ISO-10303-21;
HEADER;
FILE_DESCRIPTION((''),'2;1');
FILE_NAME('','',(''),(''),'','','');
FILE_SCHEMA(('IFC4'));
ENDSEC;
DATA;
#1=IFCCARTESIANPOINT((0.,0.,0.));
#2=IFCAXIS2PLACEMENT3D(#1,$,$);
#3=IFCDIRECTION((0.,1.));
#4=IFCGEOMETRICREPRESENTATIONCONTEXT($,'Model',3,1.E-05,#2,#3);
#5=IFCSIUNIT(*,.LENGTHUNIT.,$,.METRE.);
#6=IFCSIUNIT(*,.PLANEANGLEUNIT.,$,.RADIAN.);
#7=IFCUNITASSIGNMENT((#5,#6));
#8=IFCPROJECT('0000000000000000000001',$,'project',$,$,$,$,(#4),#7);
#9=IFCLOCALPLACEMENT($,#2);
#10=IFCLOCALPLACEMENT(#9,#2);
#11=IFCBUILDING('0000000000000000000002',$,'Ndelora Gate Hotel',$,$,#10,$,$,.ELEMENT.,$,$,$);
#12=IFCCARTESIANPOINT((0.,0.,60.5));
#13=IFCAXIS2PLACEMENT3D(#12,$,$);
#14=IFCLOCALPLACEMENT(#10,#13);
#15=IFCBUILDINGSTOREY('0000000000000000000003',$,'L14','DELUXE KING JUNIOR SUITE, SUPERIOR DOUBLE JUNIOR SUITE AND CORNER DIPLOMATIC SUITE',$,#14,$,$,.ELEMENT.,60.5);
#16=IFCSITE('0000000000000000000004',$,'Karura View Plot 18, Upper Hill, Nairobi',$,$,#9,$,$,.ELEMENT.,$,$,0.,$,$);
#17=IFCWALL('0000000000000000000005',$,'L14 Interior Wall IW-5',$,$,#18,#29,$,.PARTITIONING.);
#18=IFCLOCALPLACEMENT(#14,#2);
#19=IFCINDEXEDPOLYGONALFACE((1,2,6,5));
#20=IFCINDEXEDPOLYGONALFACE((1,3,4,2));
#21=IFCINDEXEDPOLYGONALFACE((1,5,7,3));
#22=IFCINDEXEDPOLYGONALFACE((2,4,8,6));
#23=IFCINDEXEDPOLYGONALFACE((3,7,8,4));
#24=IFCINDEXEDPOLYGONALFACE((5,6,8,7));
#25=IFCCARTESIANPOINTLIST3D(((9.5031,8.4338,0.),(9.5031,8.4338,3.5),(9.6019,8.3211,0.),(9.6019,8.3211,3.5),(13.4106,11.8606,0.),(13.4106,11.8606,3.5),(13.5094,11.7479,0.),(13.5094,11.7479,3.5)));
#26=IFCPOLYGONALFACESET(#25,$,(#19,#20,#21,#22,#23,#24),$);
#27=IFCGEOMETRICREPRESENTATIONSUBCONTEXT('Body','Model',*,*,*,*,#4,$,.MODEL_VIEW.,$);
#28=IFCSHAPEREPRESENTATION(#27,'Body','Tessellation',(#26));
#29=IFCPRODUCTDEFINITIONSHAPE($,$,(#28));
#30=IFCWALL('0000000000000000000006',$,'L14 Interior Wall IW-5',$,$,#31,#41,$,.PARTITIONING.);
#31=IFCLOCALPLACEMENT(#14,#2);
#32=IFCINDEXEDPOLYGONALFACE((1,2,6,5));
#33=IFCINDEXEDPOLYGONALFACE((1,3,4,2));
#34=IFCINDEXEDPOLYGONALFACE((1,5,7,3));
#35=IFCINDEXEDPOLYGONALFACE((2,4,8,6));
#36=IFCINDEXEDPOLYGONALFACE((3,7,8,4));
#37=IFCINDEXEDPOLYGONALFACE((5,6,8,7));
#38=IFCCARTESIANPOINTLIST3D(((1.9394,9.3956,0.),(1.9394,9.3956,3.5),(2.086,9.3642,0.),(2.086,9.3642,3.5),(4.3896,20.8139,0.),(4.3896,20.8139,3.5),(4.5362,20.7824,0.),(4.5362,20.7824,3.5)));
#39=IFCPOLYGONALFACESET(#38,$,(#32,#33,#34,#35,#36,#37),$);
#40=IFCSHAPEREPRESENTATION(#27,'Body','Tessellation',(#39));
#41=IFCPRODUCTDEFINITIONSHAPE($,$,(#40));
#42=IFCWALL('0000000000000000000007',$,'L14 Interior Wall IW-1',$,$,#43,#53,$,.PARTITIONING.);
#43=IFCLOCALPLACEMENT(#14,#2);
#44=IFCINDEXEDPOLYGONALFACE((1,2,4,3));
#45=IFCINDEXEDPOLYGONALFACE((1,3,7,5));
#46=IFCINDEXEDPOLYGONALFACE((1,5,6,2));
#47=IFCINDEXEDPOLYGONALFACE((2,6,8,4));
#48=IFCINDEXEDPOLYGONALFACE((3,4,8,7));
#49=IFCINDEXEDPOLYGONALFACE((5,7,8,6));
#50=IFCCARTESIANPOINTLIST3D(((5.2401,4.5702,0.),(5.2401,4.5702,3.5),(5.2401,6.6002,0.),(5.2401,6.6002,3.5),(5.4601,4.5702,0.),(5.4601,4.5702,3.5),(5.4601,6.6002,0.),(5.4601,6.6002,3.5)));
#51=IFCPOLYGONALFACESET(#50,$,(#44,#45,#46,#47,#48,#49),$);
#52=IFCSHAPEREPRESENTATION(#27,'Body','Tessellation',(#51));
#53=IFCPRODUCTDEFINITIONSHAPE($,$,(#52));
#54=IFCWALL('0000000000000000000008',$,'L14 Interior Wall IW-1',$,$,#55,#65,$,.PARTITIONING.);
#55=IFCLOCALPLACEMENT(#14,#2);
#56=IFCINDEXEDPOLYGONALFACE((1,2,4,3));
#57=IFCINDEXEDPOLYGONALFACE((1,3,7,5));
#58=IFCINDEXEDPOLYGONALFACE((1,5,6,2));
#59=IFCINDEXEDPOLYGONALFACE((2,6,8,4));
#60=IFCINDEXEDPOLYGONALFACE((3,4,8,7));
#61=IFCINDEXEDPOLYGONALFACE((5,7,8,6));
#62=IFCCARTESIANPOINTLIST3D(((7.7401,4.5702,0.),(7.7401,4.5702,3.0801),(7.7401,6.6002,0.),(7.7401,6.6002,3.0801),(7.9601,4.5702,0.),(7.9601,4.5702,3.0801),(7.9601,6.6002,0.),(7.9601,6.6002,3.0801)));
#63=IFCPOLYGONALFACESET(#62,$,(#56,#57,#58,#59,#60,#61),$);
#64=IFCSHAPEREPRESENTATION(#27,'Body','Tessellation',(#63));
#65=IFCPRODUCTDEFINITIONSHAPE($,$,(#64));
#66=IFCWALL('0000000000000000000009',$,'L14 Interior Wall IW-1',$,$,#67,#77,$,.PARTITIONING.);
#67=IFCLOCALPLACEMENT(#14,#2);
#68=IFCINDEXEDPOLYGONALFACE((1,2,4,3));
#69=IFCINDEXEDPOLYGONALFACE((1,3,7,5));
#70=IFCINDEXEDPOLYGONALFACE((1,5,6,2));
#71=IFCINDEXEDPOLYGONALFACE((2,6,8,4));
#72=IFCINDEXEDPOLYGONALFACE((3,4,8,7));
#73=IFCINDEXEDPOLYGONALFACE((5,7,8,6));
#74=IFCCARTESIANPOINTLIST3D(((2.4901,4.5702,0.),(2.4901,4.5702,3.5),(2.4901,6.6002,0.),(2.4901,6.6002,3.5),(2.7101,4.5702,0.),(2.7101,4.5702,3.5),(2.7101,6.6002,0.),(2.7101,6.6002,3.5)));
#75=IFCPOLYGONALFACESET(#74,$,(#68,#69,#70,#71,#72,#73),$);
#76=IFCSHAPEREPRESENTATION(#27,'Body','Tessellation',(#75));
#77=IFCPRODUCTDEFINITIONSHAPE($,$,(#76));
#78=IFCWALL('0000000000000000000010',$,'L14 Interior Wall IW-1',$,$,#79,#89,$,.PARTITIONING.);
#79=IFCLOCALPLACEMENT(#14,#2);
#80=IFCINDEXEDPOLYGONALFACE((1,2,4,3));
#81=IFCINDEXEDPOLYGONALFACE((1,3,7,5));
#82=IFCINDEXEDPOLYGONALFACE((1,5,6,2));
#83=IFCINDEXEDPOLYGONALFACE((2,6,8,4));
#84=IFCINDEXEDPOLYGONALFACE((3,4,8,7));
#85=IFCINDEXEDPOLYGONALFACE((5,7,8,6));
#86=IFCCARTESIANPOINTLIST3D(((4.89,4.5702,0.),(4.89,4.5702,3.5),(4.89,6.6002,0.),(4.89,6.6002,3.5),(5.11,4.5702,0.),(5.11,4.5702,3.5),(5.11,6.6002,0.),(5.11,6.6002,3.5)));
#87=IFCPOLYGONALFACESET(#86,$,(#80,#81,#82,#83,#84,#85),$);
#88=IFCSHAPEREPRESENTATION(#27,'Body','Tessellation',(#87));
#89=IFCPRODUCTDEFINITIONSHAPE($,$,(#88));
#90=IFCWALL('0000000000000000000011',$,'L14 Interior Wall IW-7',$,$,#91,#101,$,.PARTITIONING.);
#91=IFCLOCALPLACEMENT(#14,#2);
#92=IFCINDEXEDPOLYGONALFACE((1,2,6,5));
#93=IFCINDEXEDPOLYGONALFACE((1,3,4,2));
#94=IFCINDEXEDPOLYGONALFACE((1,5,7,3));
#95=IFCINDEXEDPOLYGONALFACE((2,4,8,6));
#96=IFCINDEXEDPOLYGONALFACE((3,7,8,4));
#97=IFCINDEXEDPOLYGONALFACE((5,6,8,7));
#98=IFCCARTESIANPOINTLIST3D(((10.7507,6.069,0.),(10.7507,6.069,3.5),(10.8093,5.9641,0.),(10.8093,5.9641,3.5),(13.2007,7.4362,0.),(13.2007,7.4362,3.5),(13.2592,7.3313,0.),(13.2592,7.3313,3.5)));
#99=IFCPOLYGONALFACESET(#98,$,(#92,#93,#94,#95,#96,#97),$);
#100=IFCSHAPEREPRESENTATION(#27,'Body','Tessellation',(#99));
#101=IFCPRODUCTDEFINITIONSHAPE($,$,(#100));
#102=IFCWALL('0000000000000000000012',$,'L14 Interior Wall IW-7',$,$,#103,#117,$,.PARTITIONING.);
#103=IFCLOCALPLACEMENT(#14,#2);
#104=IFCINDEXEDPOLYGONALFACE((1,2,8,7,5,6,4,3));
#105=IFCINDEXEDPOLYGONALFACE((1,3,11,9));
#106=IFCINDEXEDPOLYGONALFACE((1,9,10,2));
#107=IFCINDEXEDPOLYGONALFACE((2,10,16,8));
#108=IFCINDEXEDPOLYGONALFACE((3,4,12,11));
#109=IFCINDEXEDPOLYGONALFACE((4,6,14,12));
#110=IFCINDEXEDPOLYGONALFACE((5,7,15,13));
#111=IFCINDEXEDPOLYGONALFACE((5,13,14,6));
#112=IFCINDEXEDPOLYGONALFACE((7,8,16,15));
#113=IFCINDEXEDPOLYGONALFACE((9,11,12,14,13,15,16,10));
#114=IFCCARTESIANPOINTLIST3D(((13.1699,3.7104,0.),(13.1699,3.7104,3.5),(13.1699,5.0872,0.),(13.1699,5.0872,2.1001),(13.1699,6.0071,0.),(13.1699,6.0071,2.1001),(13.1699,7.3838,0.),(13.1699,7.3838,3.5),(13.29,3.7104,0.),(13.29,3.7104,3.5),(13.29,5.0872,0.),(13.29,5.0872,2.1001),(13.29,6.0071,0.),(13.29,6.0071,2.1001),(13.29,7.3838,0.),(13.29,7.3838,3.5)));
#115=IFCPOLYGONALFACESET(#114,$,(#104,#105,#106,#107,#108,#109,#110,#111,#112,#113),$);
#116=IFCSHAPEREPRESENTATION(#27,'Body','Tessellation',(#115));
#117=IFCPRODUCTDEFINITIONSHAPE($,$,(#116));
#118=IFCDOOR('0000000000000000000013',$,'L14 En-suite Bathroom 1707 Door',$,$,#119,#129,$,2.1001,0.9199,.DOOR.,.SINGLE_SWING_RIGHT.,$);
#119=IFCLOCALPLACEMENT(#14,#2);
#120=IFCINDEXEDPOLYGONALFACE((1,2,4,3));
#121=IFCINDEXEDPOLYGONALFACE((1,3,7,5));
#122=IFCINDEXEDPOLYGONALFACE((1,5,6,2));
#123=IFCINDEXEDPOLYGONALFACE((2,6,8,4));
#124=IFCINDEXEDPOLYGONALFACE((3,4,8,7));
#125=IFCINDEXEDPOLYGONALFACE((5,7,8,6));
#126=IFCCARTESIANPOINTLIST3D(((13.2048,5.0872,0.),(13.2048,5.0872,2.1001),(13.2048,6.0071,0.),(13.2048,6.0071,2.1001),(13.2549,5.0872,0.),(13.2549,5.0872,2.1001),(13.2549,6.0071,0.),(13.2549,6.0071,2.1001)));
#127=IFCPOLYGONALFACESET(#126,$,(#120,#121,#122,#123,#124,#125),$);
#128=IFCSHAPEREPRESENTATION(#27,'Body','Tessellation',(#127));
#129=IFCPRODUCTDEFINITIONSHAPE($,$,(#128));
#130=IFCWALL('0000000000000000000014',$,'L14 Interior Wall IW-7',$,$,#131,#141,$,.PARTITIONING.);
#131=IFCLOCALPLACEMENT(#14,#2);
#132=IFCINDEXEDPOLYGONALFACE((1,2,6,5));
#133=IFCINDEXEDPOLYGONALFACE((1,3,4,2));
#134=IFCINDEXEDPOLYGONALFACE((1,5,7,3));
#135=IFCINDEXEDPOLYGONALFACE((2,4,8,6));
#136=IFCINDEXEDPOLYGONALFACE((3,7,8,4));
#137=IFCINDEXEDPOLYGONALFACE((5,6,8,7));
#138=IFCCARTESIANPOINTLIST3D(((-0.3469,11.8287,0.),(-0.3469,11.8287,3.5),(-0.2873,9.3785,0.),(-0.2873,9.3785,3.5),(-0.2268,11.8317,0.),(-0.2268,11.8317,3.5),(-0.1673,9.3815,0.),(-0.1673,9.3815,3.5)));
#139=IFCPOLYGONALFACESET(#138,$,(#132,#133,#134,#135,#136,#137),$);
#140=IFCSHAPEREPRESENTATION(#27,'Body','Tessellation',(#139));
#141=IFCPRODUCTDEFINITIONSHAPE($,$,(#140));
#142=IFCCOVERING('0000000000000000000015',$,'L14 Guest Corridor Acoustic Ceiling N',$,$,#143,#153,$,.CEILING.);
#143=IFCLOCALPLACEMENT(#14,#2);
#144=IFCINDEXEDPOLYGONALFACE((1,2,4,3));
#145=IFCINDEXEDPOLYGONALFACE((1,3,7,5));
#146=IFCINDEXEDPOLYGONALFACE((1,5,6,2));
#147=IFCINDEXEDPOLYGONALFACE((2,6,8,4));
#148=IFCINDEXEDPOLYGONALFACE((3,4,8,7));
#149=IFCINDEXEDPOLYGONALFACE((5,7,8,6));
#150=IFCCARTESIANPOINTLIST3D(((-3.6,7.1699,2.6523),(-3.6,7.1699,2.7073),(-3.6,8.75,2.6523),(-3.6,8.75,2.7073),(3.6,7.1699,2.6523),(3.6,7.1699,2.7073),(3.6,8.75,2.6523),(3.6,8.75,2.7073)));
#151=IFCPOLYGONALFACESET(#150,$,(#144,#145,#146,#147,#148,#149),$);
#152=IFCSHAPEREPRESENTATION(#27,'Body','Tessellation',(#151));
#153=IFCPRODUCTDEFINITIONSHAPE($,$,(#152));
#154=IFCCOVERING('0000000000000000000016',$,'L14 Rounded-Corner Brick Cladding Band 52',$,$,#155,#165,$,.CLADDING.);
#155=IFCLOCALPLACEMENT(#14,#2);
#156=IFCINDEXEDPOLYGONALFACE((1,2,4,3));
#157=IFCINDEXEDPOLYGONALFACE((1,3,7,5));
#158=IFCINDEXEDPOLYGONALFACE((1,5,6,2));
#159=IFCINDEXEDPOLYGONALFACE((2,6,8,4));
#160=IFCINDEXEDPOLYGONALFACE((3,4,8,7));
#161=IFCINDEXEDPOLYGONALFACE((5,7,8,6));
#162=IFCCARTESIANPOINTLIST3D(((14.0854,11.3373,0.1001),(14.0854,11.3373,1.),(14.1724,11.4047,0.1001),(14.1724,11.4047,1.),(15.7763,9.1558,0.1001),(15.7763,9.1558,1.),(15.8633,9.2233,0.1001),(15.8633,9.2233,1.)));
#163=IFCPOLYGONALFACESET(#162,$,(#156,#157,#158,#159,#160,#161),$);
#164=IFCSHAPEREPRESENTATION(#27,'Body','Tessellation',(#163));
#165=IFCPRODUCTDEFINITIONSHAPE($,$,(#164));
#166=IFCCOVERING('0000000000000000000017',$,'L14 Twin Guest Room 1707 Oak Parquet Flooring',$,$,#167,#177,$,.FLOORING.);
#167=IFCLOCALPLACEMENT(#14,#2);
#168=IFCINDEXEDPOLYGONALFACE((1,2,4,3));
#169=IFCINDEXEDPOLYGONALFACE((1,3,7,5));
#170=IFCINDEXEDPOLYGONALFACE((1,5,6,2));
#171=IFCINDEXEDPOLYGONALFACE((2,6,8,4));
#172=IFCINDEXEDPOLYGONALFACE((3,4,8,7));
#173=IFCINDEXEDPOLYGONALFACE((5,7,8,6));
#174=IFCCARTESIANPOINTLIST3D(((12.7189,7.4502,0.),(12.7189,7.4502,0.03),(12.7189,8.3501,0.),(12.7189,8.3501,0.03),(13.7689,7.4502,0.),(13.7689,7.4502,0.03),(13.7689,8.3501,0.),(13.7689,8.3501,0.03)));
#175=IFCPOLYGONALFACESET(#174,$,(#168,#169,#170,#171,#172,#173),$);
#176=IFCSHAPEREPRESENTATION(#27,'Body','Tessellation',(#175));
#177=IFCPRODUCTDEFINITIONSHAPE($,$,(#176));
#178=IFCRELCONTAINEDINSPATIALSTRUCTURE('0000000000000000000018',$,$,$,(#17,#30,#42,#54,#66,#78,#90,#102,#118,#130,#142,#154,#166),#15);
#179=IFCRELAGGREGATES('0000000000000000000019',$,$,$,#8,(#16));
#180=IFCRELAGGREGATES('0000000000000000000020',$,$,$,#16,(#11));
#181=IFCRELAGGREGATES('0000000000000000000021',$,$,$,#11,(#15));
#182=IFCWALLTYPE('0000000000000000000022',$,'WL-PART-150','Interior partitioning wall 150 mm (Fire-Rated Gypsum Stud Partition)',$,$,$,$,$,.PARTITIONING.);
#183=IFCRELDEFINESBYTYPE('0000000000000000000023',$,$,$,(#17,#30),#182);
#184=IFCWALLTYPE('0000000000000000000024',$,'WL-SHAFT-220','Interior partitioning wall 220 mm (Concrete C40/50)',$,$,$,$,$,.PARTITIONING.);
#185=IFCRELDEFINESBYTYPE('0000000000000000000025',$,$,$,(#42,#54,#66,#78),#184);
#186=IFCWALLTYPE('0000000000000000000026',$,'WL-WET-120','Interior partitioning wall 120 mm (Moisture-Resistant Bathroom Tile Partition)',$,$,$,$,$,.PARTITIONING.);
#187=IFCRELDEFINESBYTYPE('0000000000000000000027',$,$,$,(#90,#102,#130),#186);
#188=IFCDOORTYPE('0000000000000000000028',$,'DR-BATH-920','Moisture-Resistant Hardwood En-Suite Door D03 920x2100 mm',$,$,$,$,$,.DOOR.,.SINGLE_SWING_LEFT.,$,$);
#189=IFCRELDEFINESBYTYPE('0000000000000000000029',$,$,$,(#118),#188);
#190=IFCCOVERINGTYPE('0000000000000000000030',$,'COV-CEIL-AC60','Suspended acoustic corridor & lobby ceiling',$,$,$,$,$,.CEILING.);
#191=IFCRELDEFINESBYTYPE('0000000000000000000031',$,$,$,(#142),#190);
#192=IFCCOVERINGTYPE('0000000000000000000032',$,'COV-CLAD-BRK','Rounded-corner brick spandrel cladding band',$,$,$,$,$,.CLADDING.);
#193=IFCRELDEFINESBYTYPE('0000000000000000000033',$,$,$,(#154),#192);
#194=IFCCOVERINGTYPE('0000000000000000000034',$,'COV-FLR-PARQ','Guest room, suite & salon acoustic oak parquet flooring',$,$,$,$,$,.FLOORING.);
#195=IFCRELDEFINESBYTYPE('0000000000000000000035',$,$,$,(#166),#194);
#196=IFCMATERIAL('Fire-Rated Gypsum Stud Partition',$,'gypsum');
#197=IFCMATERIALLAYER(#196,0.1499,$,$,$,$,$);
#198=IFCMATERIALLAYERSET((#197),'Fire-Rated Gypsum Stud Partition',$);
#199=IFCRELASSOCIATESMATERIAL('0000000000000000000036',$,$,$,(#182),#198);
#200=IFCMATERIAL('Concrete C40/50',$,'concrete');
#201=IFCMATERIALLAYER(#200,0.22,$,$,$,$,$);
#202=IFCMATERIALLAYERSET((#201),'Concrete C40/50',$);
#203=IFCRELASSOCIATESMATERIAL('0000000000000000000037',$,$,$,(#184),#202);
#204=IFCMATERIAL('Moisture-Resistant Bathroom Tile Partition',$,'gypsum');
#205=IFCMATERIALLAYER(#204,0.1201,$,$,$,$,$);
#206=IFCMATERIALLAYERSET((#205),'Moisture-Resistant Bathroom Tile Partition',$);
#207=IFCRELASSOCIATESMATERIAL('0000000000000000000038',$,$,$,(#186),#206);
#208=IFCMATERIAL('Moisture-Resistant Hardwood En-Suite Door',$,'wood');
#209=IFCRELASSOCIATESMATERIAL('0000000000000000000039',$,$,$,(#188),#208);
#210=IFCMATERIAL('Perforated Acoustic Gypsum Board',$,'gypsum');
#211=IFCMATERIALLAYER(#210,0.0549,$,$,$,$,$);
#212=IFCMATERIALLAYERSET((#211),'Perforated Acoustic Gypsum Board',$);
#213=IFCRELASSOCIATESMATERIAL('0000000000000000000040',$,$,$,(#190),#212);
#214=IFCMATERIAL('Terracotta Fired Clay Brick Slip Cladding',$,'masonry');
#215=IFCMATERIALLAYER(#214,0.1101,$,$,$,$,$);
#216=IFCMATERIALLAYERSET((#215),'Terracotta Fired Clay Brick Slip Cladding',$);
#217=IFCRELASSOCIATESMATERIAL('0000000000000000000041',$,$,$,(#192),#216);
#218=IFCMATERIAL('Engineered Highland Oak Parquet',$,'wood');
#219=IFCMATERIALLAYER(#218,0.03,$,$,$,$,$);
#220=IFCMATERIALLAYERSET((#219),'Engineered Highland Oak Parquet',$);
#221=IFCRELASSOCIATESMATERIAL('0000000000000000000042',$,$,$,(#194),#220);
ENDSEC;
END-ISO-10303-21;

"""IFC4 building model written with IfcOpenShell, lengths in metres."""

from ifc_helpers import new_model, si_unit, direction, frame, frame_2d, origin, origin_2d, place, context, subcontext, project, spatial, rectangle, extrude, material, layer, layer_set, type_object, element, fill, save


model = new_model("IFC4")

# Units and contexts
model_context = context("Model", 3, precision=1e-05, world=origin(), true_north=direction((0.0, 1.0)))
body_context = subcontext(model_context, "Body", "Model", "MODEL_VIEW")
ifc_project = project(units=[si_unit("LENGTHUNIT", "METRE"), si_unit("PLANEANGLEUNIT", "RADIAN")], contexts=[model_context])

# Site, building, storey
site_placement = place(None, origin())
site = spatial("IfcSite", under=ifc_project, at=site_placement, Name="Karura View Plot 18, Upper Hill, Nairobi", CompositionType="ELEMENT", RefElevation=0.0)
building_placement = place(site_placement, origin())
building = spatial("IfcBuilding", under=site, at=building_placement, Name="Ndelora Gate Hotel", CompositionType="ELEMENT")
storey_placement = place(building_placement, frame((0.0, 0.0, 60.5)))
storey = spatial("IfcBuildingStorey", under=building, at=storey_placement, Name="L14", Description="DELUXE KING JUNIOR SUITE, SUPERIOR DOUBLE JUNIOR SUITE AND CORNER DIPLOMATIC SUITE", CompositionType="ELEMENT", Elevation=60.5)

# Shared definitions
ifc_material_1 = material(Name="Fire-Rated Gypsum Stud Partition", Category="gypsum")
ifc_layer_1 = layer(ifc_material_1, 0.1499)
ifc_layer_set_1 = layer_set([ifc_layer_1], Name="Fire-Rated Gypsum Stud Partition")
wall_type_1 = type_object("IfcWallType", Name="WL-PART-150", Description="Interior partitioning wall 150 mm (Fire-Rated Gypsum Stud Partition)", PredefinedType="PARTITIONING", material=ifc_layer_set_1)

# Walls
wall_1_placement = place(storey_placement, frame((9.5525, 8.3774, 0.0), z_axis=(0.0, 0.0, 1.0), x_axis=(0.75184, 0.659346, 0.0)))
element("IfcWall", 1, at=wall_1_placement, inside=storey, type_object=wall_type_1, Name="L14 Interior Wall IW-5", PredefinedType="PARTITIONING", context=body_context, shape_type="SweptSolid", body=[
    extrude(rectangle(XDim=5.1973, YDim=0.1499, at=frame_2d((2.5986, 0.0))), origin(), (0.0, 0.0, 1.0), 3.5),
])
wall_2_placement = place(storey_placement, frame((2.0127, 9.3799, 0.0), z_axis=(0.0, 0.0, 1.0), x_axis=(0.20981, 0.977742, 0.0)))
element("IfcWall", 2, at=wall_2_placement, inside=storey, type_object=wall_type_1, Name="L14 Interior Wall IW-5", PredefinedType="PARTITIONING", context=body_context, shape_type="SweptSolid", body=[
    extrude(rectangle(XDim=11.6782, YDim=0.1499, at=frame_2d((5.8391, 0.0))), origin(), (0.0, 0.0, 1.0), 3.5),
])
ifc_material_2 = material(Name="Concrete C40/50", Category="concrete")
ifc_layer_2 = layer(ifc_material_2, 0.22)
ifc_layer_set_2 = layer_set([ifc_layer_2], Name="Concrete C40/50")
wall_type_2 = type_object("IfcWallType", Name="WL-SHAFT-220", Description="Interior partitioning wall 220 mm (Concrete C40/50)", PredefinedType="PARTITIONING", material=ifc_layer_set_2)
wall_3_placement = place(storey_placement, frame((5.3501, 4.5701, 0.0), z_axis=(0.0, 0.0, 1.0), x_axis=(0.0, 1.0, 0.0)))
element("IfcWall", 3, at=wall_3_placement, inside=storey, type_object=wall_type_2, Name="L14 Interior Wall IW-1", PredefinedType="PARTITIONING", context=body_context, shape_type="SweptSolid", body=[
    extrude(rectangle(XDim=2.03, YDim=0.22, at=frame_2d((1.0151, 0.0))), origin(), (0.0, 0.0, 1.0), 3.5),
])
wall_4_placement = place(storey_placement, frame((7.8501, 4.5701, 0.0), z_axis=(0.0, 0.0, 1.0), x_axis=(0.0, 1.0, 0.0)))
element("IfcWall", 4, at=wall_4_placement, inside=storey, type_object=wall_type_2, Name="L14 Interior Wall IW-1", PredefinedType="PARTITIONING", context=body_context, shape_type="SweptSolid", body=[
    extrude(rectangle(XDim=2.03, YDim=0.22, at=frame_2d((1.0151, 0.0))), origin(), (0.0, 0.0, 1.0), 3.0801),
])
for number, where, z_axis, x_axis, name in (
    (5, (2.6001, 4.5701, 0.0), (0.0, 0.0, 1.0), (0.0, 1.0, 0.0), "L14 Interior Wall IW-1"),
    (6, (5.0, 4.5701, 0.0), (0.0, 0.0, 1.0), (0.0, 1.0, 0.0), "L14 Interior Wall IW-1"),
):
    element("IfcWall", number, at=place(storey_placement, frame(where, z_axis=z_axis, x_axis=x_axis)), inside=storey, type_object=wall_type_2, Name=name, PredefinedType="PARTITIONING", context=body_context, shape_type="SweptSolid", body=[
        extrude(rectangle(XDim=2.03, YDim=0.22, at=frame_2d((1.0151, 0.0))), origin(), (0.0, 0.0, 1.0), 3.5),
    ])
ifc_material_3 = material(Name="Moisture-Resistant Bathroom Tile Partition", Category="gypsum")
ifc_layer_3 = layer(ifc_material_3, 0.1201)
ifc_layer_set_3 = layer_set([ifc_layer_3], Name="Moisture-Resistant Bathroom Tile Partition")
wall_type_3 = type_object("IfcWallType", Name="WL-WET-120", Description="Interior partitioning wall 120 mm (Moisture-Resistant Bathroom Tile Partition)", PredefinedType="PARTITIONING", material=ifc_layer_set_3)
wall_5_placement = place(storey_placement, frame((13.23, 7.3838, 0.0), z_axis=(0.0, 0.0, 1.0), x_axis=(-0.873232, -0.487304, 0.0)))
element("IfcWall", 7, at=wall_5_placement, inside=storey, type_object=wall_type_3, Name="L14 Interior Wall IW-7", PredefinedType="PARTITIONING", context=body_context, shape_type="SweptSolid", body=[
    extrude(rectangle(XDim=2.8057, YDim=0.1201, at=frame_2d((1.4028, 0.0))), origin(), (0.0, 0.0, 1.0), 3.5),
])

# Wall, opening, door
wall_6_placement = place(storey_placement, frame((13.23, 7.3838, 0.0), z_axis=(0.0, 0.0, 1.0), x_axis=(0.0, -1.0, 0.0)))
wall_6 = element("IfcWall", 8, at=wall_6_placement, inside=storey, type_object=wall_type_3, Name="L14 Interior Wall IW-7", PredefinedType="PARTITIONING", context=body_context, shape_type="SweptSolid", body=[
    extrude(rectangle(XDim=3.6733, YDim=0.1201, at=frame_2d((1.8367, 0.0))), origin(), (0.0, 0.0, 1.0), 3.5),
])
opening_1_placement = place(wall_6_placement, frame((1.3767, 0.0, 0.0)))
opening_1 = element("IfcOpeningElement", 9, at=opening_1_placement, cuts=wall_6, PredefinedType="OPENING", context=body_context, shape_type="SweptSolid", body=[
    extrude(rectangle(XDim=0.9199, YDim=2.1001, at=frame_2d((0.46, 1.05))), frame((0.0, 0.0701, 0.0), z_axis=(0.0, -1.0, 0.0), x_axis=(1.0, 0.0, 0.0)), (0.0, 0.0, 1.0), 0.1401),
])
ifc_material_4 = material(Name="Moisture-Resistant Hardwood En-Suite Door", Category="wood")
door_type_1 = type_object("IfcDoorType", Name="DR-BATH-920", Description="Moisture-Resistant Hardwood En-Suite Door D03 920x2100 mm", OperationType="SINGLE_SWING_LEFT", PredefinedType="DOOR", material=ifc_material_4)
door_1_placement = place(opening_1_placement, origin())
door_1 = element("IfcDoor", 10, at=door_1_placement, inside=storey, type_object=door_type_1, Name="L14 En-suite Bathroom 1707 Door", OperationType="SINGLE_SWING_RIGHT", OverallHeight=2.1001, OverallWidth=0.9199, PredefinedType="DOOR", context=body_context, shape_type="SweptSolid", body=[
    extrude(rectangle(XDim=0.9199, YDim=2.1001, at=frame_2d((0.46, 1.05))), frame((0.0, 0.0249, 0.0), z_axis=(0.0, -1.0, 0.0), x_axis=(1.0, 0.0, 0.0)), (0.0, 0.0, 1.0), 0.05),
])
fill(opening_1, door_1)

# Wall
wall_7_placement = place(storey_placement, frame((-0.2273, 9.3799, 0.0), z_axis=(0.0, 0.0, 1.0), x_axis=(-0.024305, 0.999705, 0.0)))
element("IfcWall", 11, at=wall_7_placement, inside=storey, type_object=wall_type_3, Name="L14 Interior Wall IW-7", PredefinedType="PARTITIONING", context=body_context, shape_type="SweptSolid", body=[
    extrude(rectangle(XDim=2.4509, YDim=0.1201, at=frame_2d((1.2256, 0.0))), origin(), (0.0, 0.0, 1.0), 3.5),
])

# Coverings
ifc_material_5 = material(Name="Perforated Acoustic Gypsum Board", Category="gypsum")
ifc_layer_4 = layer(ifc_material_5, 0.0549)
ifc_layer_set_4 = layer_set([ifc_layer_4], Name="Perforated Acoustic Gypsum Board")
covering_type_1 = type_object("IfcCoveringType", Name="COV-CEIL-AC60", Description="Suspended acoustic corridor & lobby ceiling", PredefinedType="CEILING", material=ifc_layer_set_4)
covering_1_placement = place(storey_placement, frame((0.0, 7.96, 2.6523), z_axis=(0.0, 0.0, 1.0), x_axis=(1.0, 0.0, 0.0)))
element("IfcCovering", 12, at=covering_1_placement, inside=storey, type_object=covering_type_1, Name="L14 Guest Corridor Acoustic Ceiling N", PredefinedType="CEILING", context=body_context, shape_type="SweptSolid", body=[
    extrude(rectangle(XDim=7.2, YDim=1.5801, at=origin_2d()), origin(), (0.0, 0.0, 1.0), 0.0549),
])
ifc_material_6 = material(Name="Terracotta Fired Clay Brick Slip Cladding", Category="masonry")
ifc_layer_5 = layer(ifc_material_6, 0.1101)
ifc_layer_set_5 = layer_set([ifc_layer_5], Name="Terracotta Fired Clay Brick Slip Cladding")
covering_type_2 = type_object("IfcCoveringType", Name="COV-CLAD-BRK", Description="Rounded-corner brick spandrel cladding band", PredefinedType="CLADDING", material=ifc_layer_set_5)
covering_2_placement = place(storey_placement, frame((14.9744, 10.2803, 0.1001), z_axis=(0.0, 0.0, 1.0), x_axis=(-0.612631, 0.790369, 0.0)))
element("IfcCovering", 13, at=covering_2_placement, inside=storey, type_object=covering_type_2, Name="L14 Rounded-Corner Brick Cladding Band 52", PredefinedType="CLADDING", context=body_context, shape_type="SweptSolid", body=[
    extrude(rectangle(XDim=2.76, YDim=0.1101, at=origin_2d()), origin(), (0.0, 0.0, 1.0), 0.8999),
])
ifc_material_7 = material(Name="Engineered Highland Oak Parquet", Category="wood")
ifc_layer_6 = layer(ifc_material_7, 0.03)
ifc_layer_set_6 = layer_set([ifc_layer_6], Name="Engineered Highland Oak Parquet")
covering_type_3 = type_object("IfcCoveringType", Name="COV-FLR-PARQ", Description="Guest room, suite & salon acoustic oak parquet flooring", PredefinedType="FLOORING", material=ifc_layer_set_6)
covering_3_placement = place(storey_placement, frame((13.2439, 7.9001, 0.0), z_axis=(0.0, 0.0, 1.0), x_axis=(1.0, 0.0, 0.0)))
element("IfcCovering", 14, at=covering_3_placement, inside=storey, type_object=covering_type_3, Name="L14 Twin Guest Room 1707 Oak Parquet Flooring", PredefinedType="FLOORING", context=body_context, shape_type="SweptSolid", body=[
    extrude(rectangle(XDim=1.05, YDim=0.8999, at=origin_2d()), origin(), (0.0, 0.0, 1.0), 0.03),
])

save(model, "model.ifc")
